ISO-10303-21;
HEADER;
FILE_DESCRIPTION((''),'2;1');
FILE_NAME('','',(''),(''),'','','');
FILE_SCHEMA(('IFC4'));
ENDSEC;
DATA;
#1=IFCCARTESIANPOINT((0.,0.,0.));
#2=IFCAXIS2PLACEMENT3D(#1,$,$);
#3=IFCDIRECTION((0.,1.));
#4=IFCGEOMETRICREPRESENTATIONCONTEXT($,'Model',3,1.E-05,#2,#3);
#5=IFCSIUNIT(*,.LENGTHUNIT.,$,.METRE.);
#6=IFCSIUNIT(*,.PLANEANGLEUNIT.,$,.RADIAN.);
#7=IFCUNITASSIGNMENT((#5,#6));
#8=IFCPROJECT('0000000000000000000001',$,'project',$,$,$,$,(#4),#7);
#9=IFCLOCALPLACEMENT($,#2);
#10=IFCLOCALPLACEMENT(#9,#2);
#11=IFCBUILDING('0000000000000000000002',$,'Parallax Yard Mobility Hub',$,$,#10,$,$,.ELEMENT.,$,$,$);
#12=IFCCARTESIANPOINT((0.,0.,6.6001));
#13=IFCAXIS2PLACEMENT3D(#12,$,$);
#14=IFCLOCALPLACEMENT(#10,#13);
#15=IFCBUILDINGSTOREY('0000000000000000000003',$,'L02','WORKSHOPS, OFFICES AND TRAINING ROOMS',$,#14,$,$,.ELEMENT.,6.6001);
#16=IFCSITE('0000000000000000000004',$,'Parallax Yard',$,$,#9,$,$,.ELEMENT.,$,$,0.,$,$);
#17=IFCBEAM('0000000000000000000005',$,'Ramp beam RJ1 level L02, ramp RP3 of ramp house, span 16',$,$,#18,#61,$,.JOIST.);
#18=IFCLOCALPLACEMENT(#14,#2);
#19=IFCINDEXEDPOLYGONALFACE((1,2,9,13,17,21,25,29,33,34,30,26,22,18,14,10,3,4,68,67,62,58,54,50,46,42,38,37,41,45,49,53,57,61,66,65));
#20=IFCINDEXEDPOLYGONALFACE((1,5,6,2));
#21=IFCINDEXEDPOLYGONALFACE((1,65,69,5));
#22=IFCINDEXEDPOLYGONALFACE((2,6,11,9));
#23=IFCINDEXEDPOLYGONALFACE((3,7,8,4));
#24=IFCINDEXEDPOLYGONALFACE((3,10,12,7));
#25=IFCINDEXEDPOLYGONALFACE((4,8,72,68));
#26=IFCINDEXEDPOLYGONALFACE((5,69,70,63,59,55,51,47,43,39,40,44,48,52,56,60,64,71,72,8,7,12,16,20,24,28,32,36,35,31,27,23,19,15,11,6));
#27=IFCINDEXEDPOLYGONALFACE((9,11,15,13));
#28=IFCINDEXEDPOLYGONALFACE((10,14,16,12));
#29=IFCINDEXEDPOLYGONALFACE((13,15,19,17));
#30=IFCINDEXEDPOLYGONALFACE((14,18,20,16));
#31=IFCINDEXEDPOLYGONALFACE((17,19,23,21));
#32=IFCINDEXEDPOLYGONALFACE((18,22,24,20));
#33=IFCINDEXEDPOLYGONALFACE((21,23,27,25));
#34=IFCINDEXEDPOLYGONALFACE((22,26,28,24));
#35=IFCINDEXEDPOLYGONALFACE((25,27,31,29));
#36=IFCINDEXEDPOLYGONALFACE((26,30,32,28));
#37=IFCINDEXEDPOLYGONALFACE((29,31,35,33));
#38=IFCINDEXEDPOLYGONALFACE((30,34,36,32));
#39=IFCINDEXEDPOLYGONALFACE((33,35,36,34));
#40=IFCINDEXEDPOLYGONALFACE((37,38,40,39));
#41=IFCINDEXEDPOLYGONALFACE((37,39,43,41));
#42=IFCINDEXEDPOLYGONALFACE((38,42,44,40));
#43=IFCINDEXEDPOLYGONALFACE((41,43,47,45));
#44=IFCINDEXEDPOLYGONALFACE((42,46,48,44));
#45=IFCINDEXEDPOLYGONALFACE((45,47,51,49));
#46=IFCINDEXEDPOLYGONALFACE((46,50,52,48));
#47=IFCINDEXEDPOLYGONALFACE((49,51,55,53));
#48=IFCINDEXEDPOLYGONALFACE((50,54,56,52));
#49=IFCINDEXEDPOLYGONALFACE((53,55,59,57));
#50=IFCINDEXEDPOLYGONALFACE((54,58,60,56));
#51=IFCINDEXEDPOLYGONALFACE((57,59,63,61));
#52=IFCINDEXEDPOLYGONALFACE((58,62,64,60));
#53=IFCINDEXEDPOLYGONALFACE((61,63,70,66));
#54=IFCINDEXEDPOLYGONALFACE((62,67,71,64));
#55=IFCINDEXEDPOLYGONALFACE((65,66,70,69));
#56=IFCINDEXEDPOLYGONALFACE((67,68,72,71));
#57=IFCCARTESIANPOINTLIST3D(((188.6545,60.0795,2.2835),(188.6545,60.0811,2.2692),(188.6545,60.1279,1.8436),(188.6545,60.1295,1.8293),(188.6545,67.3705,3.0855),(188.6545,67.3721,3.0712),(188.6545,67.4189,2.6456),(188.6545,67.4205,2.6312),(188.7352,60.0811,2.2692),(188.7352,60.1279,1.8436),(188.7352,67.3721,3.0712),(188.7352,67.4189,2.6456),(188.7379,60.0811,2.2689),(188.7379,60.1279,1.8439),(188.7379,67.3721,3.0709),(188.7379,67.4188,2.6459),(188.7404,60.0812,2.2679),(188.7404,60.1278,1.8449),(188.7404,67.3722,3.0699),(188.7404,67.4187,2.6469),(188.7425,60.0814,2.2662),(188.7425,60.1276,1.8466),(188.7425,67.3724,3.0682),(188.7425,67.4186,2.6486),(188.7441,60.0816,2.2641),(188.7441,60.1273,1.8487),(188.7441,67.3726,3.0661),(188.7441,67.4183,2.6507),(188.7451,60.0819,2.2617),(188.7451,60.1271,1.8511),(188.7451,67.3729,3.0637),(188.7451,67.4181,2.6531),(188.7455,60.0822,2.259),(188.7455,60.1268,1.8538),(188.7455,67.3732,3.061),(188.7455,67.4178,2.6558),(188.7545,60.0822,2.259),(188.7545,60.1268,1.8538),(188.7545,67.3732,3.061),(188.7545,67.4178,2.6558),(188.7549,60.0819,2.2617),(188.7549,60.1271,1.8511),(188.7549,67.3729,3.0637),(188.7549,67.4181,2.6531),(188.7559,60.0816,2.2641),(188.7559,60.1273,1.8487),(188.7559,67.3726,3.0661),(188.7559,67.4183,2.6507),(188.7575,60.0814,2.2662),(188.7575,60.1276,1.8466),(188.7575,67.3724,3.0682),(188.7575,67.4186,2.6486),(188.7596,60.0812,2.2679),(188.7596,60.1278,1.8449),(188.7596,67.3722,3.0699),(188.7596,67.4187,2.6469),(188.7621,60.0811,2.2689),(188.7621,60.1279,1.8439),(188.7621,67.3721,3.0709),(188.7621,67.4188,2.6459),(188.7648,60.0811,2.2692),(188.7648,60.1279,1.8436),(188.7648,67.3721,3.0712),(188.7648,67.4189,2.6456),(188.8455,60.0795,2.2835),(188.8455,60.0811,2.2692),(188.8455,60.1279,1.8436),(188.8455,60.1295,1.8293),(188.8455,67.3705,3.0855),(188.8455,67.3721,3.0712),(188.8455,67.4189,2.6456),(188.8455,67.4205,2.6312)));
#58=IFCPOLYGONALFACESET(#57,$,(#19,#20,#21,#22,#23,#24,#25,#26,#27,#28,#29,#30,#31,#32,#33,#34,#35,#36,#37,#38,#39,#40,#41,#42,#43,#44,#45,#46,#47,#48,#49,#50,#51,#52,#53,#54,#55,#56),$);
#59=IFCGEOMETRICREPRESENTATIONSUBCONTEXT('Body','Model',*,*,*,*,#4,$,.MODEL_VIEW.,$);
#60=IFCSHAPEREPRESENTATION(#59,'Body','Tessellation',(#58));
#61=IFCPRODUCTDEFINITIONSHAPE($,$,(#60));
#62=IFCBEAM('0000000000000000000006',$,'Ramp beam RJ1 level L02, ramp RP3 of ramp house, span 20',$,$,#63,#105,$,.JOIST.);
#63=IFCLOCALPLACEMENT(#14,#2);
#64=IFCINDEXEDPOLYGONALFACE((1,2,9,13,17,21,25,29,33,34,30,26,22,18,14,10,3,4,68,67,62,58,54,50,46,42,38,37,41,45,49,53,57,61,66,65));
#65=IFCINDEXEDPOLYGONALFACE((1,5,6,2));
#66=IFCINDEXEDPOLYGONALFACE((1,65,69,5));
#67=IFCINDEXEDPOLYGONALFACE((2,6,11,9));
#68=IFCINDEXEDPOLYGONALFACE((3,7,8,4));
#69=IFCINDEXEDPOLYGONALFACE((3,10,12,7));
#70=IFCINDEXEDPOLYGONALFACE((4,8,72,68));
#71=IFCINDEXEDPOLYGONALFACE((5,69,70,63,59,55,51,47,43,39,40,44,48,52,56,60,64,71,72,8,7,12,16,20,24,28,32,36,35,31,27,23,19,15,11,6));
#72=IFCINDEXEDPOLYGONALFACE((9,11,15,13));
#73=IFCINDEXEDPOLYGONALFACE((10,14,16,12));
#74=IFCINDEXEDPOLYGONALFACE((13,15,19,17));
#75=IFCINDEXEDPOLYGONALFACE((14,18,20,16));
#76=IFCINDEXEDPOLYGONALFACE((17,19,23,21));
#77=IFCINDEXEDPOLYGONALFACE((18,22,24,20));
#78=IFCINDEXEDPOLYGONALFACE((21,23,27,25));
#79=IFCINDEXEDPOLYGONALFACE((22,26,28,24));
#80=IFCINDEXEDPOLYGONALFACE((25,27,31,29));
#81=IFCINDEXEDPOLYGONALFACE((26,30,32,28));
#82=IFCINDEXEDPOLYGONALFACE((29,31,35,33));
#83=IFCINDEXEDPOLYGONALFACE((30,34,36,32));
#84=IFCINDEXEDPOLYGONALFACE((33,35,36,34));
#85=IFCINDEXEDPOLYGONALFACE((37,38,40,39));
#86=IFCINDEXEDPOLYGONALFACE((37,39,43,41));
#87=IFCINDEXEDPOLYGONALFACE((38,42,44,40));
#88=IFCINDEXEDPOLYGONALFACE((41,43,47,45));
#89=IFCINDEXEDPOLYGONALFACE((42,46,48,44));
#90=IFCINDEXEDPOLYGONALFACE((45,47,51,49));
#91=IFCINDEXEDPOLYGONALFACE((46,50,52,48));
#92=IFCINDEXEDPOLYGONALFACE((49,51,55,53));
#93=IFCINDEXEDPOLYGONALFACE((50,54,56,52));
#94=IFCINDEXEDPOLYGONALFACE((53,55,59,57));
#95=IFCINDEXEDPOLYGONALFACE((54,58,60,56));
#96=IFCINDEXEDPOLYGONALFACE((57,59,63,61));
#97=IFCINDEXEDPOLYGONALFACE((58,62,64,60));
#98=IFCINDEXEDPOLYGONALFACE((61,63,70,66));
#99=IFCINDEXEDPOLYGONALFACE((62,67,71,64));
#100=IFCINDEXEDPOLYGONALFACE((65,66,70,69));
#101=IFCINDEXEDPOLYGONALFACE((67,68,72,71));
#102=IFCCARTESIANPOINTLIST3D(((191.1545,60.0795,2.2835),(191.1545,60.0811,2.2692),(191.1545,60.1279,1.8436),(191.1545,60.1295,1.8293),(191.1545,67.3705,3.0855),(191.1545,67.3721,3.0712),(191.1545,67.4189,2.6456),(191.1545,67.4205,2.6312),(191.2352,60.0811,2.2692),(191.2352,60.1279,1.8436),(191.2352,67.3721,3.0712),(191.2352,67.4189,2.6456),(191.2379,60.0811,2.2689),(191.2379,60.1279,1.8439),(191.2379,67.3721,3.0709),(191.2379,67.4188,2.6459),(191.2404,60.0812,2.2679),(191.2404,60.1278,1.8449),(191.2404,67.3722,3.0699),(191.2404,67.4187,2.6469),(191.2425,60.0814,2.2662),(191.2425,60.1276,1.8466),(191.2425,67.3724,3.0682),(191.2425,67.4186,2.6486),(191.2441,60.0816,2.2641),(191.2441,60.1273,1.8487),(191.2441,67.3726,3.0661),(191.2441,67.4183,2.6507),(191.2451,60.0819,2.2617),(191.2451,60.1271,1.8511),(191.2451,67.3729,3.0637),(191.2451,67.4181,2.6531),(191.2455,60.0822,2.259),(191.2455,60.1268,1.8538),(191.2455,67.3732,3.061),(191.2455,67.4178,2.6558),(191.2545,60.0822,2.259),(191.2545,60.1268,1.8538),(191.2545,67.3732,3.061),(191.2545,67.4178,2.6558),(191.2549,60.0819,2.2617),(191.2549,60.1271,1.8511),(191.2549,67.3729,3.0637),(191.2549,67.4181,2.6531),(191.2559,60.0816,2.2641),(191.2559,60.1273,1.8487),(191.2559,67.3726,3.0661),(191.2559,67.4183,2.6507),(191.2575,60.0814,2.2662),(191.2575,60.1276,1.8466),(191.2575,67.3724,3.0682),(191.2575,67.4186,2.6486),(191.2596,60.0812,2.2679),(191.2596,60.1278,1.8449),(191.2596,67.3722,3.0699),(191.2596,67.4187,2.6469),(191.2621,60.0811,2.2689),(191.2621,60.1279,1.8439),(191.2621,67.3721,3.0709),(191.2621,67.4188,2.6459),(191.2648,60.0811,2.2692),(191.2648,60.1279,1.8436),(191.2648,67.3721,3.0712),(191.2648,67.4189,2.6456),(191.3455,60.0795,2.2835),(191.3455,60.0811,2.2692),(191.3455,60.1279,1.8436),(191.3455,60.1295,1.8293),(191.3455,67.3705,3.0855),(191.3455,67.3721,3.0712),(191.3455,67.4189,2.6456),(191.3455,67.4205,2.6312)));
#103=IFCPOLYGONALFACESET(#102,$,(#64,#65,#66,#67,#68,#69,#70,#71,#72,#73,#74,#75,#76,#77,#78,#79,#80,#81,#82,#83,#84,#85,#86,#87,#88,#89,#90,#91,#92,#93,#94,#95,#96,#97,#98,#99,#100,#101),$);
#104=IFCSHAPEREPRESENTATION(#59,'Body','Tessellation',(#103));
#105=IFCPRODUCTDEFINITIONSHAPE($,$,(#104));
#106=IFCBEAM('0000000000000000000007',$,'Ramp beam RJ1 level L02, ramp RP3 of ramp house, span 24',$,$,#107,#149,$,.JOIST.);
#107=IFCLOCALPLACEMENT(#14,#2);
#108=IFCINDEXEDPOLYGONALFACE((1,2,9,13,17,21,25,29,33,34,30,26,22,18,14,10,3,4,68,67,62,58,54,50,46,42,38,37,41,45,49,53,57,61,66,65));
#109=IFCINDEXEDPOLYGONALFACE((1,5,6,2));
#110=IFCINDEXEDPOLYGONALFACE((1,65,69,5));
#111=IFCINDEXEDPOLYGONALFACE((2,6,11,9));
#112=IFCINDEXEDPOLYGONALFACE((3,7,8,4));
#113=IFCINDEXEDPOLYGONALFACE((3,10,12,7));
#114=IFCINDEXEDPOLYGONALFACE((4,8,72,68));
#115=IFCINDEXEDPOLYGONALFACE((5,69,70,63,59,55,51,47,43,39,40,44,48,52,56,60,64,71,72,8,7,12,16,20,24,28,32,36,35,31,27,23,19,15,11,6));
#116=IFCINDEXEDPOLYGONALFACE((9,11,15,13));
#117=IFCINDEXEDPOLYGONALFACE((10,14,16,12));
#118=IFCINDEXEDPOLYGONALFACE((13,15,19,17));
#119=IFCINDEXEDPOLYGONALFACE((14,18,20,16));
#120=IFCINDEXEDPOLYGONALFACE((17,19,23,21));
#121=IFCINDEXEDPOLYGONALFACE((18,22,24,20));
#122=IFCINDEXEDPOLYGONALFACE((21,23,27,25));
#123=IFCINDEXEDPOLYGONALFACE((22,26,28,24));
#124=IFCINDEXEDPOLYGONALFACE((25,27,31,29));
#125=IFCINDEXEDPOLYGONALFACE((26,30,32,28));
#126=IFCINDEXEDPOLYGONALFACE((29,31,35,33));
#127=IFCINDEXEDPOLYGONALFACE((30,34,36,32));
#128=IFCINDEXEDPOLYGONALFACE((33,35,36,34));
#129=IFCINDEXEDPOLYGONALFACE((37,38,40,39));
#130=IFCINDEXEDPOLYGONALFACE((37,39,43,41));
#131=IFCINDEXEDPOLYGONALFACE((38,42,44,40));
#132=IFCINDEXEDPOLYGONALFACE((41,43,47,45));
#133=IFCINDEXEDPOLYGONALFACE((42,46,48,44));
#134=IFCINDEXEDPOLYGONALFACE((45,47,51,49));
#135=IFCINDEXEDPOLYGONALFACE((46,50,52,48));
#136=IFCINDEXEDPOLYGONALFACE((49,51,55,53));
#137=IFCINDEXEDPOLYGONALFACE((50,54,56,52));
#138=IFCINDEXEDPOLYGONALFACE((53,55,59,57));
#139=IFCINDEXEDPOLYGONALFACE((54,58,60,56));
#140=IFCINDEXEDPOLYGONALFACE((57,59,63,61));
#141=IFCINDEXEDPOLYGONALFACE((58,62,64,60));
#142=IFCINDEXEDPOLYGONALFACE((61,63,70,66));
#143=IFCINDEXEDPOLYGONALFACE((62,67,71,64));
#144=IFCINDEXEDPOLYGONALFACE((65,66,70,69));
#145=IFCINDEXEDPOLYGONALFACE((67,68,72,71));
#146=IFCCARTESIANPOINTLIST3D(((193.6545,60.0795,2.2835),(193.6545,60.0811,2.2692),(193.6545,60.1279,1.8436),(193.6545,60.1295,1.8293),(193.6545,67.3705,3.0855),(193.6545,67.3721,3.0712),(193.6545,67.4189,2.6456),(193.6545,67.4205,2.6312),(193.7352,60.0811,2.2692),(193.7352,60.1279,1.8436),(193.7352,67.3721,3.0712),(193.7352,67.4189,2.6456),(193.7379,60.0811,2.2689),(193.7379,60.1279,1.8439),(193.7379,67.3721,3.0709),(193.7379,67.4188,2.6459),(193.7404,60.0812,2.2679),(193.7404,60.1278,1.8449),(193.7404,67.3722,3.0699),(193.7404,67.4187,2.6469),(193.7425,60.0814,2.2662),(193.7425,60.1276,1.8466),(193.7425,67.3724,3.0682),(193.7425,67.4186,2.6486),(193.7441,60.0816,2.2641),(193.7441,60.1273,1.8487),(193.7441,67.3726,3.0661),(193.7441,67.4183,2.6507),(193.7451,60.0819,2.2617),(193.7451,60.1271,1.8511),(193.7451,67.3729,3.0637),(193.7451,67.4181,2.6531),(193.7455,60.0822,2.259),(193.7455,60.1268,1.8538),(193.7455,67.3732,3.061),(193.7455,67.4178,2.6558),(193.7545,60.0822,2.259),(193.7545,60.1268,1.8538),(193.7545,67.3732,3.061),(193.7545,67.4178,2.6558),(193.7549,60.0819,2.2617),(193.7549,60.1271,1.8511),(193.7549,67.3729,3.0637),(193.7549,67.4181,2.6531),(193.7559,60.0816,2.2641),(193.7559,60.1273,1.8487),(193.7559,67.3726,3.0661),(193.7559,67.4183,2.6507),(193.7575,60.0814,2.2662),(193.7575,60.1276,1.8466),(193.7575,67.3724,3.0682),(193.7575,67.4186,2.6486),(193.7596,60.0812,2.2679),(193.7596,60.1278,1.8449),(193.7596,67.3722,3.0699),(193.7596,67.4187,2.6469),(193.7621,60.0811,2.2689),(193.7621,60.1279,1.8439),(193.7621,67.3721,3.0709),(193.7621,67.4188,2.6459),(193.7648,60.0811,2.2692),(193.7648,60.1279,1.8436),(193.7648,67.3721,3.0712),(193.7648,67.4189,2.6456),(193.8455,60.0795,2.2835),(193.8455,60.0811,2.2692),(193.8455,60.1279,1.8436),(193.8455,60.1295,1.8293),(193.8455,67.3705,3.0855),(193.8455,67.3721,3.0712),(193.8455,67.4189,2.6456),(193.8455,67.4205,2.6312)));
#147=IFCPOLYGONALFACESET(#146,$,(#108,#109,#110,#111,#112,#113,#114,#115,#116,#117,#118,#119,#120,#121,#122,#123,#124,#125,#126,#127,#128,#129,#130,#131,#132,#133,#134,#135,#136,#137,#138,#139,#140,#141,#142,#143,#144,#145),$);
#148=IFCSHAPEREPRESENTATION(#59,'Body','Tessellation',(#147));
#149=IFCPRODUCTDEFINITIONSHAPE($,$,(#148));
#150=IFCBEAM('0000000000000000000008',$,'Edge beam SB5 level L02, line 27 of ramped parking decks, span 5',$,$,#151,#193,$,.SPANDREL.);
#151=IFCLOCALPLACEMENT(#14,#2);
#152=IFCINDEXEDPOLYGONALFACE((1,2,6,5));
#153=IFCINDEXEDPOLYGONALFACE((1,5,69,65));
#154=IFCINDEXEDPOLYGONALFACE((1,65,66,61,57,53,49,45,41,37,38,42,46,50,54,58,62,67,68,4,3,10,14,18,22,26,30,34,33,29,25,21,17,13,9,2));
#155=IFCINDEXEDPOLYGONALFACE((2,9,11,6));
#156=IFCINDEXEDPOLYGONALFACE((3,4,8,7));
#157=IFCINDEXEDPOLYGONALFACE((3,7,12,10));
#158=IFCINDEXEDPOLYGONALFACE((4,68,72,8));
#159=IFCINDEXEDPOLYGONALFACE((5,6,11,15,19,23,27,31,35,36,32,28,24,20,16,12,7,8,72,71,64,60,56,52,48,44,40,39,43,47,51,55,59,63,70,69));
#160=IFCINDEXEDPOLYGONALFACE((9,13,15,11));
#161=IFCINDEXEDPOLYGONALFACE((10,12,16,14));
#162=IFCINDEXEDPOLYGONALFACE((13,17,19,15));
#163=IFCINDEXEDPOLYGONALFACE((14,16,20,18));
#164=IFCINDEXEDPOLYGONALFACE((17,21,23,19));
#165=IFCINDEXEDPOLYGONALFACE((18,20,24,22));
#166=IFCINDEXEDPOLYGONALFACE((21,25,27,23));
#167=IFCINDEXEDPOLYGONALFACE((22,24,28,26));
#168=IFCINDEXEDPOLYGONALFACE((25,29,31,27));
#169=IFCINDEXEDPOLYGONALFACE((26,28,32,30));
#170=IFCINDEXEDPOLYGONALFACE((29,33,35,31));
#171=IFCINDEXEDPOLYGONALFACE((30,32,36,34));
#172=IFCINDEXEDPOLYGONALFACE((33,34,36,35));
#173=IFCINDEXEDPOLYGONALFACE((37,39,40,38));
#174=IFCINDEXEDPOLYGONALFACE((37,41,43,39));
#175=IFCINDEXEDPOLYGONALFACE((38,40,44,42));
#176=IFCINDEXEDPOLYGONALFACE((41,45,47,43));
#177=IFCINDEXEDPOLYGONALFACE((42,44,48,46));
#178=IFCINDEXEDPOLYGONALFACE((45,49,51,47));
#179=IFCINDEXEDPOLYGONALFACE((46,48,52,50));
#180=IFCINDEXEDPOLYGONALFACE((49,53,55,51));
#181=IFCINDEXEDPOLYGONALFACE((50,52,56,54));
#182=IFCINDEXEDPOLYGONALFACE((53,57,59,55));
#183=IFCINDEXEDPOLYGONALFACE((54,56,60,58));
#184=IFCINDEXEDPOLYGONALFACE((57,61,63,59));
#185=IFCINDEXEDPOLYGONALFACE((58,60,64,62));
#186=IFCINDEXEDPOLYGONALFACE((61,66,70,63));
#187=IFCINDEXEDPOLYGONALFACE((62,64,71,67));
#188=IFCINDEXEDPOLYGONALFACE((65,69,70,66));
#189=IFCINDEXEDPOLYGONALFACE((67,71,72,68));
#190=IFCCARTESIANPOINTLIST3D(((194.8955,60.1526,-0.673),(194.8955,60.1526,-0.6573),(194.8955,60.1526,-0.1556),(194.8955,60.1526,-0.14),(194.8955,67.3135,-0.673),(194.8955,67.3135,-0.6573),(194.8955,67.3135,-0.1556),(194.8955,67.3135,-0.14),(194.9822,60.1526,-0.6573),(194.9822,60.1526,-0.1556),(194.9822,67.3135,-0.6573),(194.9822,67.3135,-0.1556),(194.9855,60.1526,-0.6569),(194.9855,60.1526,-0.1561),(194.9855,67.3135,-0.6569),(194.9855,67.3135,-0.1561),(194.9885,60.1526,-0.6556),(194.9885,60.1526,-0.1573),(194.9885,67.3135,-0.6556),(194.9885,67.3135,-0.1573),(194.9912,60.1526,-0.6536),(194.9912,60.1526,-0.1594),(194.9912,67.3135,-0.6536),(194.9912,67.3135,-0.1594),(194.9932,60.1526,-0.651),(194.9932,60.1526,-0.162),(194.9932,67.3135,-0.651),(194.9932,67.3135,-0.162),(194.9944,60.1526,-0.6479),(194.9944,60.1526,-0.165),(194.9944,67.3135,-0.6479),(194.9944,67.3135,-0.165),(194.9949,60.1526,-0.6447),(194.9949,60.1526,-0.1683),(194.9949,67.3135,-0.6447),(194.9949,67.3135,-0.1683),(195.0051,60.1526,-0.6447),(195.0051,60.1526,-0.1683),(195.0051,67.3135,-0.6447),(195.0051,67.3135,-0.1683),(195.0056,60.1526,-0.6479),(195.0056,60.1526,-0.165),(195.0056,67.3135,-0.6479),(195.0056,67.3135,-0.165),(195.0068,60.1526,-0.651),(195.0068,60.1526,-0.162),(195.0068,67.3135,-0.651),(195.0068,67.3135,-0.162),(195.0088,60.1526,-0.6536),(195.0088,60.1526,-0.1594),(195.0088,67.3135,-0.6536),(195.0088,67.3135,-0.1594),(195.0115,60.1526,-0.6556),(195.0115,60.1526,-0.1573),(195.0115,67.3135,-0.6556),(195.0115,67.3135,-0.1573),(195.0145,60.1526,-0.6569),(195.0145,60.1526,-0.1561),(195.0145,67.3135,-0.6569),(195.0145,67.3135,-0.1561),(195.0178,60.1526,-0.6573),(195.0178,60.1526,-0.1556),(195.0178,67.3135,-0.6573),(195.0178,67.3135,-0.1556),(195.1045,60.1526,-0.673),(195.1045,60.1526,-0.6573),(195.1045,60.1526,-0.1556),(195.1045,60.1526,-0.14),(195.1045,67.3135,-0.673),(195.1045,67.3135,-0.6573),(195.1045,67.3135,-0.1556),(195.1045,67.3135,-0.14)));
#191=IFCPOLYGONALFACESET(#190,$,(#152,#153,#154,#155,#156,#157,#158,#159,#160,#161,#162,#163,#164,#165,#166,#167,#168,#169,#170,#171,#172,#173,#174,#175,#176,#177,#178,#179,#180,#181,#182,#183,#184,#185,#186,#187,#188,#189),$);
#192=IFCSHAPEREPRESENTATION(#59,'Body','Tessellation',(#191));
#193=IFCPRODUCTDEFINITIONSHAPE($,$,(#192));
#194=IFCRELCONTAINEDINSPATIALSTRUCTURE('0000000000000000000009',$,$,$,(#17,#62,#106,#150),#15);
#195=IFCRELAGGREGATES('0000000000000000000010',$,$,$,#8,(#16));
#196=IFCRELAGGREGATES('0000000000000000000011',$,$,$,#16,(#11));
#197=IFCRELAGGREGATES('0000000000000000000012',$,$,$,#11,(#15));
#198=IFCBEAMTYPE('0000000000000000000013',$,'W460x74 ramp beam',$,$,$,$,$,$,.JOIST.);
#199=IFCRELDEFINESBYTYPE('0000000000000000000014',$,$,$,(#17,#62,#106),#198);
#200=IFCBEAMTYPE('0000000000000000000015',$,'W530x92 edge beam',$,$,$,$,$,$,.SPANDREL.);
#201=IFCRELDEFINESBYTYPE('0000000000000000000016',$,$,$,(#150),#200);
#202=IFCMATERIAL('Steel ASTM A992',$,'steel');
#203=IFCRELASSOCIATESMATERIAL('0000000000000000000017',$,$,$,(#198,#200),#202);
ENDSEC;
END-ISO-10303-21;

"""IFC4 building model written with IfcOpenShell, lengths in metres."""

from ifc_helpers import new_model, si_unit, direction, frame, origin, origin_2d, place, context, subcontext, project, spatial, i_section, extrude, material, material_profile, profile_set, type_object, element, save


model = new_model("IFC4")

# Units and contexts
model_context = context("Model", 3, precision=1e-05, world=origin(), true_north=direction((0.0, 1.0)))
body_context = subcontext(model_context, "Body", "Model", "MODEL_VIEW")
ifc_project = project(units=[si_unit("LENGTHUNIT", "METRE"), si_unit("PLANEANGLEUNIT", "RADIAN")], contexts=[model_context])

# Site, building, storey
site_placement = place(None, origin())
site = spatial("IfcSite", under=ifc_project, at=site_placement, Name="Parallax Yard", CompositionType="ELEMENT", RefElevation=0.0)
building_placement = place(site_placement, origin())
building = spatial("IfcBuilding", under=site, at=building_placement, Name="Parallax Yard Mobility Hub", CompositionType="ELEMENT")
storey_placement = place(building_placement, frame((0.0, 0.0, 6.6001)))
storey = spatial("IfcBuildingStorey", under=building, at=storey_placement, Name="L02", Description="WORKSHOPS, OFFICES AND TRAINING ROOMS", CompositionType="ELEMENT", Elevation=6.6001)

# Shared definitions
ifc_material_1 = material(Name="Steel ASTM A992", Category="steel")

# Beams
ifc_material_profile_1 = material_profile(ifc_material_1, i_section(OverallWidth=0.1909, OverallDepth=0.457, WebThickness=0.009, FlangeThickness=0.0144, FilletRadius=0.0103, at=origin_2d()), Name="W460x74")
ifc_profile_set_1 = profile_set([ifc_material_profile_1], Name="Steel ASTM A992")
beam_type_1 = type_object("IfcBeamType", Name="W460x74 ramp beam", PredefinedType="JOIST", material=ifc_profile_set_1)
for number, where, z_axis, x_axis, name in (
    (1, (188.75, 60.1045, 2.0564), (0.0, 0.994005, 0.109339), (-1.0, 0.0, 0.0), "Ramp beam RJ1 level L02, ramp RP3 of ramp house, span 16"),
    (2, (191.25, 60.1045, 2.0564), (0.0, 0.994005, 0.109339), (-1.0, 0.0, 0.0), "Ramp beam RJ1 level L02, ramp RP3 of ramp house, span 20"),
    (3, (193.75, 60.1045, 2.0564), (0.0, 0.994005, 0.109339), (-1.0, 0.0, 0.0), "Ramp beam RJ1 level L02, ramp RP3 of ramp house, span 24"),
):
    element("IfcBeam", number, at=place(storey_placement, frame(where, z_axis=z_axis, x_axis=x_axis)), inside=storey, type_object=beam_type_1, Name=name, PredefinedType="JOIST", context=body_context, shape_type="SweptSolid", body=[
        extrude(i_section(OverallWidth=0.1909, OverallDepth=0.457, WebThickness=0.009, FlangeThickness=0.0144, FilletRadius=0.0103, at=origin_2d()), origin(), (0.0, 0.0, 1.0), 7.335),
    ])
ifc_material_profile_2 = material_profile(ifc_material_1, i_section(OverallWidth=0.209, OverallDepth=0.533, WebThickness=0.0103, FlangeThickness=0.0156, FilletRadius=0.0127, at=origin_2d()), Name="W530x92")
ifc_profile_set_2 = profile_set([ifc_material_profile_2], Name="Steel ASTM A992")
beam_type_2 = type_object("IfcBeamType", Name="W530x92 edge beam", PredefinedType="SPANDREL", material=ifc_profile_set_2)
beam_1_placement = place(storey_placement, frame((195.0, 60.1526, -0.4065), z_axis=(0.0, 1.0, 0.0), x_axis=(-1.0, 0.0, 0.0)))
element("IfcBeam", 4, at=beam_1_placement, inside=storey, type_object=beam_type_2, Name="Edge beam SB5 level L02, line 27 of ramped parking decks, span 5", PredefinedType="SPANDREL", context=body_context, shape_type="SweptSolid", body=[
    extrude(i_section(OverallWidth=0.209, OverallDepth=0.533, WebThickness=0.0103, FlangeThickness=0.0156, FilletRadius=0.0127, at=origin_2d()), origin(), (0.0, 0.0, 1.0), 7.1609),
])

save(model, "model.ifc")
